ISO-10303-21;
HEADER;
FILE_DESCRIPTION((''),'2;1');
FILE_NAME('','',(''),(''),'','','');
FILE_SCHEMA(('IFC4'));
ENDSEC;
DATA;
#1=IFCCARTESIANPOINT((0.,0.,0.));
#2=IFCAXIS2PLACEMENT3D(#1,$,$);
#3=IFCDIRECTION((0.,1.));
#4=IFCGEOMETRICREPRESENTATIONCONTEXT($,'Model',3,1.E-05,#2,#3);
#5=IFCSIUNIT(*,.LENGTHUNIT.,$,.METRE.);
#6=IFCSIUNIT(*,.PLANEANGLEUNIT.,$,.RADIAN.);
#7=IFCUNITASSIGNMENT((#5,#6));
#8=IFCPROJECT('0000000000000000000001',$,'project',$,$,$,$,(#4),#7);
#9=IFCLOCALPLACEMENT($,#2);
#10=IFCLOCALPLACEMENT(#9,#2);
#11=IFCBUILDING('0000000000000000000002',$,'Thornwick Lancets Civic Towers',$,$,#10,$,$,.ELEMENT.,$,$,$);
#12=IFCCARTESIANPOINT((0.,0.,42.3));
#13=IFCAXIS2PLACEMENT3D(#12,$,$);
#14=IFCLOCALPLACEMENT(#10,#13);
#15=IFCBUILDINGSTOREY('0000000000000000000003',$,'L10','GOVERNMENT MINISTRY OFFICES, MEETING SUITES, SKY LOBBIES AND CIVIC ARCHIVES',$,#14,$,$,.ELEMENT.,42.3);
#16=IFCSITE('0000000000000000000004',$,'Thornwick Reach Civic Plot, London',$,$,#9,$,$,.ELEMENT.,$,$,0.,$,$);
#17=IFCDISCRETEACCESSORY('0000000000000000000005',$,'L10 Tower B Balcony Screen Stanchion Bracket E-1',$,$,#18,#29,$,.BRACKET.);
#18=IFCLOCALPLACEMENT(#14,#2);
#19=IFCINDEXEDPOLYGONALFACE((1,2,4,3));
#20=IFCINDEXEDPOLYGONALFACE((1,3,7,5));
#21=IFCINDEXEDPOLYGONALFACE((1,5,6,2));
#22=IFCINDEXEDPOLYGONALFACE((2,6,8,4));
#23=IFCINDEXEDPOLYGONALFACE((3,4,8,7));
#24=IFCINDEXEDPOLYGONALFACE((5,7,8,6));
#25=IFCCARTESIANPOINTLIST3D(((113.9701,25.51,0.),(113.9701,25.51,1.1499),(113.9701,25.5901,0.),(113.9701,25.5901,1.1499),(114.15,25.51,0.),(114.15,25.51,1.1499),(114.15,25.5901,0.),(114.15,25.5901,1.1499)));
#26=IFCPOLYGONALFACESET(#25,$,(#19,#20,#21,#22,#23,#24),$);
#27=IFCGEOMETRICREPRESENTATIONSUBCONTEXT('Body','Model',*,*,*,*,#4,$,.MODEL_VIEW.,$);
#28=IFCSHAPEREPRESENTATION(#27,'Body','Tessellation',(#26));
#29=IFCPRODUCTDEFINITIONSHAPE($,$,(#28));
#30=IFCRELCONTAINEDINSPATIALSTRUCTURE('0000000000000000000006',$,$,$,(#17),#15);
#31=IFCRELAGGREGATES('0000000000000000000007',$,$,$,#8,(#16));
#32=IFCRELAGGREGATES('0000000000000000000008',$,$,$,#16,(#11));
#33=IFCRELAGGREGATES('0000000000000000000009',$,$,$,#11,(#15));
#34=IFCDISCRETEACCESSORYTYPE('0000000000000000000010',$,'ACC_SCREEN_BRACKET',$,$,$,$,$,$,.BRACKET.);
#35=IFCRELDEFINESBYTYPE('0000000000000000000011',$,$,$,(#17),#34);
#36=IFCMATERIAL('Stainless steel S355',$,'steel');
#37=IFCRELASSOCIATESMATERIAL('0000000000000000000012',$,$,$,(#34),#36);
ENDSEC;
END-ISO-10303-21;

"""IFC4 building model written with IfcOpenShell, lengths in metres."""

from ifc_helpers import new_model, si_unit, direction, frame, origin, origin_2d, place, context, subcontext, project, spatial, rectangle, extrude, material, type_object, element, save


model = new_model("IFC4")

# Units and contexts
model_context = context("Model", 3, precision=1e-05, world=origin(), true_north=direction((0.0, 1.0)))
body_context = subcontext(model_context, "Body", "Model", "MODEL_VIEW")
ifc_project = project(units=[si_unit("LENGTHUNIT", "METRE"), si_unit("PLANEANGLEUNIT", "RADIAN")], contexts=[model_context])

# Site, building, storey
site_placement = place(None, origin())
site = spatial("IfcSite", under=ifc_project, at=site_placement, Name="Thornwick Reach Civic Plot, London", CompositionType="ELEMENT", RefElevation=0.0)
building_placement = place(site_placement, origin())
building = spatial("IfcBuilding", under=site, at=building_placement, Name="Thornwick Lancets Civic Towers", CompositionType="ELEMENT")
storey_placement = place(building_placement, frame((0.0, 0.0, 42.3)))
storey = spatial("IfcBuildingStorey", under=building, at=storey_placement, Name="L10", Description="GOVERNMENT MINISTRY OFFICES, MEETING SUITES, SKY LOBBIES AND CIVIC ARCHIVES", CompositionType="ELEMENT", Elevation=42.3)

# Discrete accessory
ifc_material_1 = material(Name="Stainless steel S355", Category="steel")
discrete_accessory_type = type_object("IfcDiscreteAccessoryType", Name="ACC_SCREEN_BRACKET", PredefinedType="BRACKET", material=ifc_material_1)
discrete_accessory_placement = place(storey_placement, frame((114.0601, 25.55, 0.0), z_axis=(0.0, 0.0, 1.0), x_axis=(0.0, 1.0, 0.0)))
element("IfcDiscreteAccessory", 1, at=discrete_accessory_placement, inside=storey, type_object=discrete_accessory_type, Name="L10 Tower B Balcony Screen Stanchion Bracket E-1", PredefinedType="BRACKET", context=body_context, shape_type="SweptSolid", body=[
    extrude(rectangle(XDim=0.0801, YDim=0.1799, at=origin_2d()), origin(), (0.0, 0.0, 1.0), 1.1499),
])

save(model, "model.ifc")
